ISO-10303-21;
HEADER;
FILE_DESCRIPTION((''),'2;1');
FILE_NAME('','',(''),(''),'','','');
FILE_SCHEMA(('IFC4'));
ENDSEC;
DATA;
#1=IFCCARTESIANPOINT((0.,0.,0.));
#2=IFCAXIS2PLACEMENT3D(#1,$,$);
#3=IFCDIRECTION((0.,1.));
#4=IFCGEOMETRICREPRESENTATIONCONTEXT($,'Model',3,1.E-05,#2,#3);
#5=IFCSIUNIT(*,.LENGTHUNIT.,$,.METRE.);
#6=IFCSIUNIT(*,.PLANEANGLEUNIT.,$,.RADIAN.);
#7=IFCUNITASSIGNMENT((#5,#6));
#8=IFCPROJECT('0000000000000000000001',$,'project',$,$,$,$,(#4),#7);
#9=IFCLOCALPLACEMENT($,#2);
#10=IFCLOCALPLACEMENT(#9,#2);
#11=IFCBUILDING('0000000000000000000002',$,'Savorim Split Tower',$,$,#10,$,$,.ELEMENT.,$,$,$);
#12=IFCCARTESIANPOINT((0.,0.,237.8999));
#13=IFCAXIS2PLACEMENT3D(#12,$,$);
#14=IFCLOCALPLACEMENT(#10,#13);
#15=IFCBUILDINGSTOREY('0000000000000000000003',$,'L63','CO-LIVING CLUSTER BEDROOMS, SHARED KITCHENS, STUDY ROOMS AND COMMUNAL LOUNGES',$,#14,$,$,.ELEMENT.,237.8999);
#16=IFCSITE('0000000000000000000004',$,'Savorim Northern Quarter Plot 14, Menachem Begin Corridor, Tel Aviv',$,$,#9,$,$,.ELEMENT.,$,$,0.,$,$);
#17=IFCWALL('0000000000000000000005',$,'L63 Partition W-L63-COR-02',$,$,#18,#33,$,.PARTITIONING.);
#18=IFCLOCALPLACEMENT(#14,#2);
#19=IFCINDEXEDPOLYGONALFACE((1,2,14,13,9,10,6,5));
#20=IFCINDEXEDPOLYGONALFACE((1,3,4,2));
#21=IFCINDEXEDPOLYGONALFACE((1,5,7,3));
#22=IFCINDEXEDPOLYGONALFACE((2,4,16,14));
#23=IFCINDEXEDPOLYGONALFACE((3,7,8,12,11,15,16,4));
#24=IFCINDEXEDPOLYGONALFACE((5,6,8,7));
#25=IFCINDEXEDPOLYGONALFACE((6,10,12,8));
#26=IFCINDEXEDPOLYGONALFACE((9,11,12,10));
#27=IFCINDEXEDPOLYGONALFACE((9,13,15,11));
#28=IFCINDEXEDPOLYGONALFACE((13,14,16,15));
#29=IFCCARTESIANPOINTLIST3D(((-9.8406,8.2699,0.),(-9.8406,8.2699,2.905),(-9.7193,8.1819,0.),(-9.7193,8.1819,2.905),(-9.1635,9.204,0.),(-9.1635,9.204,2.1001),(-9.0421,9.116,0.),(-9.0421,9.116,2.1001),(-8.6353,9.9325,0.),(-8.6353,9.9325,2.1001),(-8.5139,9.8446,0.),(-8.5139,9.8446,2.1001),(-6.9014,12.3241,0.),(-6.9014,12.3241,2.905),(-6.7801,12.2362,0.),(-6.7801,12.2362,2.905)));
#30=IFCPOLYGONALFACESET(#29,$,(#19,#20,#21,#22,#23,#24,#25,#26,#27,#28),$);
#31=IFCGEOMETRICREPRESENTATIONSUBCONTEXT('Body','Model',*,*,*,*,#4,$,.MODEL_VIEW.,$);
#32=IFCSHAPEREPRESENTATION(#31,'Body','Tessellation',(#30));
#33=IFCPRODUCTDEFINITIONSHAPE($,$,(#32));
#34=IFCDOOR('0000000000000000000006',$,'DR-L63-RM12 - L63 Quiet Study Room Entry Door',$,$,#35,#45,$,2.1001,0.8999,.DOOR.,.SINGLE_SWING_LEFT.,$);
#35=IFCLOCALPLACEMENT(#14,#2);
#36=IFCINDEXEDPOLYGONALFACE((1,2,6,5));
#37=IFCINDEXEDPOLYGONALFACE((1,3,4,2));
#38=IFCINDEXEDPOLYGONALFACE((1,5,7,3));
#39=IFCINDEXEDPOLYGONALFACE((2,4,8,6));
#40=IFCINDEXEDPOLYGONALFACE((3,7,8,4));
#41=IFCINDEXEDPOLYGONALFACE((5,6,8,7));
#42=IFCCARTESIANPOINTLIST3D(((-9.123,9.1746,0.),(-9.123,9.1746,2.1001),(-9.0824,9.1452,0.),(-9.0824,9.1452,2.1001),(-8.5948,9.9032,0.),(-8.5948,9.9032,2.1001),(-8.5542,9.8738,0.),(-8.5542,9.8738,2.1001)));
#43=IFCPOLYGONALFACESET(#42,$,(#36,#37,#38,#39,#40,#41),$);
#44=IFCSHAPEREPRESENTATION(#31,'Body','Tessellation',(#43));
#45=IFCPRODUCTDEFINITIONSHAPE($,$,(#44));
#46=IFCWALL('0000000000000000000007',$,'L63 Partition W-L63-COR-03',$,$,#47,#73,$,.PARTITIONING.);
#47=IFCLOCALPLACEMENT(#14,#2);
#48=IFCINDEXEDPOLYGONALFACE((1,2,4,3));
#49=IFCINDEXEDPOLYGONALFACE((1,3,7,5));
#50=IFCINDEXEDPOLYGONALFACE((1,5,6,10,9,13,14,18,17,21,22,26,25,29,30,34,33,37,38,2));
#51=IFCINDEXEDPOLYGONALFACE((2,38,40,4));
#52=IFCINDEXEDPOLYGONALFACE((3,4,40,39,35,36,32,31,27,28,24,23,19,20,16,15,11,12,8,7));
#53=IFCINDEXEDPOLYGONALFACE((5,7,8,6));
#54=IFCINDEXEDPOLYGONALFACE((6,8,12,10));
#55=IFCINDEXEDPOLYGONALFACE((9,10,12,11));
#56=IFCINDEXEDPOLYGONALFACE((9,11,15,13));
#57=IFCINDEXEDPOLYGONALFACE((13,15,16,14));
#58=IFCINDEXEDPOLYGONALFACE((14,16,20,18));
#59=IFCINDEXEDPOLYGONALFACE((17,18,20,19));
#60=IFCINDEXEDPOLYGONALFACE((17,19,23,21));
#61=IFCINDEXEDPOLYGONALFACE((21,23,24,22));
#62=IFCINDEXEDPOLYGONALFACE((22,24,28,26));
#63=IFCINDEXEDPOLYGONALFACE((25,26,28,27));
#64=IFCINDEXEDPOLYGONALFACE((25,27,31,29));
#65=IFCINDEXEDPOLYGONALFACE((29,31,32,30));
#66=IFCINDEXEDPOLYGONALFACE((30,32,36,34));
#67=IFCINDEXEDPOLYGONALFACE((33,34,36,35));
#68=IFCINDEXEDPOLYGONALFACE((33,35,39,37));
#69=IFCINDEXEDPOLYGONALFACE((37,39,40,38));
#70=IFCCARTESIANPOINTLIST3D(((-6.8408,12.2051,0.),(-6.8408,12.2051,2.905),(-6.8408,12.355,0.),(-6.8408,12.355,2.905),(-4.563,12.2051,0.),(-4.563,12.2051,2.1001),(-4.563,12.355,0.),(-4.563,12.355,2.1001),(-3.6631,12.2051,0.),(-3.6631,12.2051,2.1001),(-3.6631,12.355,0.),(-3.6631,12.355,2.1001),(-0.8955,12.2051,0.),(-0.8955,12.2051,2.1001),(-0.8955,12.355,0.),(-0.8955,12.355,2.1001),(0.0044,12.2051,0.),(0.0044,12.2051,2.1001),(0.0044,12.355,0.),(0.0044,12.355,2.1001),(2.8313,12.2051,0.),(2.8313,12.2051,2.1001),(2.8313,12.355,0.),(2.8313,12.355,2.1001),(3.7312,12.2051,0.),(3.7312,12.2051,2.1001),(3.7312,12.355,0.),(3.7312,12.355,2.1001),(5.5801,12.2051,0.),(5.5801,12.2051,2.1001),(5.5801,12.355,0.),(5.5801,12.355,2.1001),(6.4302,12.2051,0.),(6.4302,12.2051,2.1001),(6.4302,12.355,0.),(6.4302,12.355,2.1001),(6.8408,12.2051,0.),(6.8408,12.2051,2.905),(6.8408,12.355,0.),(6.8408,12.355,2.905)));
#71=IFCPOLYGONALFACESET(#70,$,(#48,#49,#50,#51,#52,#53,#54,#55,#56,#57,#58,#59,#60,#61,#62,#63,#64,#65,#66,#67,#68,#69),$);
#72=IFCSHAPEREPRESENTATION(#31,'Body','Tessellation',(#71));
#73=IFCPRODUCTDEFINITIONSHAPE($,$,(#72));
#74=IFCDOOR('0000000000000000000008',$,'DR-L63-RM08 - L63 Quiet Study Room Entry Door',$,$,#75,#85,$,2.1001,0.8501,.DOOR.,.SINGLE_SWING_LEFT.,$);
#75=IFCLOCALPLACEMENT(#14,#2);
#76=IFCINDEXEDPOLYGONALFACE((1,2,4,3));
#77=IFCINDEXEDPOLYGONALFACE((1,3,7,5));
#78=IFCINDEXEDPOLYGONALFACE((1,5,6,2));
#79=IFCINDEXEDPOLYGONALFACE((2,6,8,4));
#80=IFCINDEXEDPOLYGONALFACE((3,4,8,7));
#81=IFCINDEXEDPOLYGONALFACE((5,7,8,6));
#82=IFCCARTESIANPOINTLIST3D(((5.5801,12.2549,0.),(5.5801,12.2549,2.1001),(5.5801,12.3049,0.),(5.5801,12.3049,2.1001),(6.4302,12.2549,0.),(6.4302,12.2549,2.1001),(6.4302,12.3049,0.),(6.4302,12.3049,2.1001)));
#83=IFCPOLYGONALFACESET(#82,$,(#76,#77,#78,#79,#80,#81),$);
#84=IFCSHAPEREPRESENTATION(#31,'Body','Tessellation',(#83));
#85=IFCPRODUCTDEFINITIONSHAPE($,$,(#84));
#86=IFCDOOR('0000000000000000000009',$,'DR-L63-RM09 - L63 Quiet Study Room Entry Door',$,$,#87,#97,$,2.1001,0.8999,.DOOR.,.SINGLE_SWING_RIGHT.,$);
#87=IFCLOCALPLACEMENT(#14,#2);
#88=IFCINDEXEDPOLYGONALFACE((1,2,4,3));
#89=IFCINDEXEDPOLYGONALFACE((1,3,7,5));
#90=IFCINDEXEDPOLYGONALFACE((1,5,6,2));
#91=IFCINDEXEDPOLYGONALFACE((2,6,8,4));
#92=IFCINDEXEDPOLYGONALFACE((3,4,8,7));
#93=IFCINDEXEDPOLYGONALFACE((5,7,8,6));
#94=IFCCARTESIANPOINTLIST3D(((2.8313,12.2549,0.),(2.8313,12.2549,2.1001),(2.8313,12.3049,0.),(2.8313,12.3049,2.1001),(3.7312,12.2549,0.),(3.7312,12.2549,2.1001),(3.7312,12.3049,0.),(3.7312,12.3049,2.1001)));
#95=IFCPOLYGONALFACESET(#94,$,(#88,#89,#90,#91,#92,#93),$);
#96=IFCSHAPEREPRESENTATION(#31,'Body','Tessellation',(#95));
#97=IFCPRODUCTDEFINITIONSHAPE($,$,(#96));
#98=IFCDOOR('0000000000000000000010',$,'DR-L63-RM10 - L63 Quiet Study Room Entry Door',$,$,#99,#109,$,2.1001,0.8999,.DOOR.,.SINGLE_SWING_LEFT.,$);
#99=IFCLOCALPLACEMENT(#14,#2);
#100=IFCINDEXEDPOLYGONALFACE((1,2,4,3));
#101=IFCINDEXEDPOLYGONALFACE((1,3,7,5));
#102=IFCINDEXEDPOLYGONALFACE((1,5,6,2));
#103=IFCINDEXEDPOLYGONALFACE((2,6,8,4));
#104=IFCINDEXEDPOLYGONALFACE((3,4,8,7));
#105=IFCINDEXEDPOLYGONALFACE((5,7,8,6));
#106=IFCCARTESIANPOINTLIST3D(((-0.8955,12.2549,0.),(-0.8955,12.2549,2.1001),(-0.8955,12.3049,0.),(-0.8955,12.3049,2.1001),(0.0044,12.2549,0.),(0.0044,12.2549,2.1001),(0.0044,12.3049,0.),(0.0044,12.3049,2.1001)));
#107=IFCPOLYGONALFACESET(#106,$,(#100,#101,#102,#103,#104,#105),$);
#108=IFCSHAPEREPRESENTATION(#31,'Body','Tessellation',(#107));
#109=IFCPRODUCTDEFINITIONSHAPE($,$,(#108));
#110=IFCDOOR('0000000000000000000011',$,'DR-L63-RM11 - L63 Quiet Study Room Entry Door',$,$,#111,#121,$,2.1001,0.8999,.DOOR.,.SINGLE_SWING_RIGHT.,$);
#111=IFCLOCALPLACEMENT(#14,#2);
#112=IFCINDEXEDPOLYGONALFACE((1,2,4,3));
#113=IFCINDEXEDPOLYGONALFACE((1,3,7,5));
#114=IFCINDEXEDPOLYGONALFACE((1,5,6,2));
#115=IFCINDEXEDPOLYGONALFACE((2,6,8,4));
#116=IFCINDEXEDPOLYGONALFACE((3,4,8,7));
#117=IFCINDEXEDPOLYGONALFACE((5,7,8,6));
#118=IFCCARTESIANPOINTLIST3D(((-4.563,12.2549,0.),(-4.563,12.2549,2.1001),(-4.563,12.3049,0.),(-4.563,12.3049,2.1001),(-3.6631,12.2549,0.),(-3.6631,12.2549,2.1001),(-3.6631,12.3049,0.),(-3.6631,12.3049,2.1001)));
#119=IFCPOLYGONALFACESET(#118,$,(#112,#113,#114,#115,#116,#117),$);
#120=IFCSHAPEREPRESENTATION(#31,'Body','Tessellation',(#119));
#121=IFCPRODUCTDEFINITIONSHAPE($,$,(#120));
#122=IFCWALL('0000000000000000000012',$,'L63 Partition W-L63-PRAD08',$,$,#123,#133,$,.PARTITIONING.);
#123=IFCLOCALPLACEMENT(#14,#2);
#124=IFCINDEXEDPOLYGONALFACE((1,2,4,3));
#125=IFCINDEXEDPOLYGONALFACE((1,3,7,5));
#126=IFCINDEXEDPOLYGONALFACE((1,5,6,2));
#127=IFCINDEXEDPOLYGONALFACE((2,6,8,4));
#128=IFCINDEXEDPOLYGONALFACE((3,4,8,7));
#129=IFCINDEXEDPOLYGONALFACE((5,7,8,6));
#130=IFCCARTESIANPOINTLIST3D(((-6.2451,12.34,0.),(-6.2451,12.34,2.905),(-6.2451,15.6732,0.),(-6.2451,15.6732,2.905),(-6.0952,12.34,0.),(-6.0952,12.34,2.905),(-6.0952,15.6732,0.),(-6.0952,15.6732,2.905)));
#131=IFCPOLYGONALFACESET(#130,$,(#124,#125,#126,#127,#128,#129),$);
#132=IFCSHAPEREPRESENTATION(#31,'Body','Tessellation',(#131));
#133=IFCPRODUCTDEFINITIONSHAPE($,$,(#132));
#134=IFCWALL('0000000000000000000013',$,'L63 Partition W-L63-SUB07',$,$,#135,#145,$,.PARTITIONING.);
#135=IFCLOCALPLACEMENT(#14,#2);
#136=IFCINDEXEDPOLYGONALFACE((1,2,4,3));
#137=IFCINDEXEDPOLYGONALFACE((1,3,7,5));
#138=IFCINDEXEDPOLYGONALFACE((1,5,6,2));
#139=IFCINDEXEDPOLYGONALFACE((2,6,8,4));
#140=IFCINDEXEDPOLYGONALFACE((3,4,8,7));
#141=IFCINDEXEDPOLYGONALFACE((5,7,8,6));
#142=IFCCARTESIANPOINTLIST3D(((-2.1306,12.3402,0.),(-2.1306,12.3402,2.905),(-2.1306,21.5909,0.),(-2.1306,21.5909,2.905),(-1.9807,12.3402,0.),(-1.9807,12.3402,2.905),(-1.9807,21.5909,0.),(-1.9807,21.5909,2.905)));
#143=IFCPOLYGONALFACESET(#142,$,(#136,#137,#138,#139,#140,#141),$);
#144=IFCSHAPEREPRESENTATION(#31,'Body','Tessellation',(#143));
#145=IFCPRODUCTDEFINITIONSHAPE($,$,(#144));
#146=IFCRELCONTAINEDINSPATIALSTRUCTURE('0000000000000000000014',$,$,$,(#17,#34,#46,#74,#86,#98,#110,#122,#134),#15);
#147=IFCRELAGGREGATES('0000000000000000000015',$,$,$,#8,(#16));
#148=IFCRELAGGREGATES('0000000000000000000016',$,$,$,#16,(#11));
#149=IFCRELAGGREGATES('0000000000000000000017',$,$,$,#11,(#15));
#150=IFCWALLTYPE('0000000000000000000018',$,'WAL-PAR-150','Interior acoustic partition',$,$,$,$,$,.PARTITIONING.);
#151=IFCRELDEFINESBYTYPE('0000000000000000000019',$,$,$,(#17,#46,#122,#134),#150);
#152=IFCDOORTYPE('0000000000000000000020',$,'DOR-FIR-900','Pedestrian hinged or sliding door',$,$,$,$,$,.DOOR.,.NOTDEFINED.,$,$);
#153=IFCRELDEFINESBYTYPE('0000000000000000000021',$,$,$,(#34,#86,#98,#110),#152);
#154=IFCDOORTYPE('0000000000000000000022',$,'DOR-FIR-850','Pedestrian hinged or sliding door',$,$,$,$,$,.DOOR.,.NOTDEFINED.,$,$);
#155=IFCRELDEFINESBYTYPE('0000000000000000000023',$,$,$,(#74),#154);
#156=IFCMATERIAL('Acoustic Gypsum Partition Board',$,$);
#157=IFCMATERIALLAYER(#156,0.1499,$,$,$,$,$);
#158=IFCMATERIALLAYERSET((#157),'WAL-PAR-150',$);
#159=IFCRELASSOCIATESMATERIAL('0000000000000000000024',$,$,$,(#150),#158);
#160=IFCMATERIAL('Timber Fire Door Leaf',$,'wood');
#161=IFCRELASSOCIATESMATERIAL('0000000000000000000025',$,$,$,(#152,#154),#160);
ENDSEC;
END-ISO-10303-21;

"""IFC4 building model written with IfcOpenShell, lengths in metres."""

from ifc_helpers import new_model, si_unit, direction, frame, frame_2d, origin, place, context, subcontext, project, spatial, rectangle, extrude, material, layer, layer_set, type_object, element, fill, save


model = new_model("IFC4")

# Units and contexts
model_context = context("Model", 3, precision=1e-05, world=origin(), true_north=direction((0.0, 1.0)))
body_context = subcontext(model_context, "Body", "Model", "MODEL_VIEW")
ifc_project = project(units=[si_unit("LENGTHUNIT", "METRE"), si_unit("PLANEANGLEUNIT", "RADIAN")], contexts=[model_context])

# Site, building, storey
site_placement = place(None, origin())
site = spatial("IfcSite", under=ifc_project, at=site_placement, Name="Savorim Northern Quarter Plot 14, Menachem Begin Corridor, Tel Aviv", CompositionType="ELEMENT", RefElevation=0.0)
building_placement = place(site_placement, origin())
building = spatial("IfcBuilding", under=site, at=building_placement, Name="Savorim Split Tower", CompositionType="ELEMENT")
storey_placement = place(building_placement, frame((0.0, 0.0, 237.8999)))
storey = spatial("IfcBuildingStorey", under=building, at=storey_placement, Name="L63", Description="CO-LIVING CLUSTER BEDROOMS, SHARED KITCHENS, STUDY ROOMS AND COMMUNAL LOUNGES", CompositionType="ELEMENT", Elevation=237.8999)

# Shared definitions
ifc_material_1 = material(Name="Acoustic Gypsum Partition Board")
ifc_layer_1 = layer(ifc_material_1, 0.1499)
ifc_layer_set_1 = layer_set([ifc_layer_1], Name="WAL-PAR-150")
wall_type_1 = type_object("IfcWallType", Name="WAL-PAR-150", Description="Interior acoustic partition", PredefinedType="PARTITIONING", material=ifc_layer_set_1)

# Wall, opening, door
wall_1_placement = place(storey_placement, frame((-9.78, 8.2258, 0.0), z_axis=(0.0, 0.0, 1.0), x_axis=(0.586956, 0.809619, 0.0)))
wall_1 = element("IfcWall", 1, at=wall_1_placement, inside=storey, type_object=wall_type_1, Name="L63 Partition W-L63-COR-02", PredefinedType="PARTITIONING", context=body_context, shape_type="SweptSolid", body=[
    extrude(rectangle(XDim=5.0076, YDim=0.1499, at=frame_2d((2.5039, 0.0))), origin(), (0.0, 0.0, 1.0), 2.905),
])
opening_1_placement = place(wall_1_placement, frame((1.1538, 0.0, 0.0)))
opening_1 = element("IfcOpeningElement", 2, at=opening_1_placement, cuts=wall_1, PredefinedType="OPENING", context=body_context, shape_type="SweptSolid", body=[
    extrude(rectangle(XDim=0.8999, YDim=2.1001, at=frame_2d((0.45, 1.05))), frame((0.0, 0.085, 0.0), z_axis=(0.0, -1.0, 0.0), x_axis=(1.0, 0.0, 0.0)), (0.0, 0.0, 1.0), 0.1699),
])
ifc_material_2 = material(Name="Timber Fire Door Leaf", Category="wood")
door_type_1 = type_object("IfcDoorType", Name="DOR-FIR-900", Description="Pedestrian hinged or sliding door", OperationType="NOTDEFINED", PredefinedType="DOOR", material=ifc_material_2)
door_1_placement = place(opening_1_placement, origin())
door_1 = element("IfcDoor", 3, at=door_1_placement, inside=storey, type_object=door_type_1, Name="DR-L63-RM12 - L63 Quiet Study Room Entry Door", OperationType="SINGLE_SWING_LEFT", OverallHeight=2.1001, OverallWidth=0.8999, PredefinedType="DOOR", context=body_context, shape_type="SweptSolid", body=[
    extrude(rectangle(XDim=0.8999, YDim=2.1001, at=frame_2d((0.45, 1.05))), frame((0.0, 0.0249, 0.0), z_axis=(0.0, -1.0, 0.0), x_axis=(1.0, 0.0, 0.0)), (0.0, 0.0, 1.0), 0.05),
])
fill(opening_1, door_1)

# Wall, openings, doors
wall_2_placement = place(storey_placement, frame((-6.8408, 12.28, 0.0), z_axis=(0.0, 0.0, 1.0), x_axis=(1.0, 0.0, 0.0)))
wall_2 = element("IfcWall", 4, at=wall_2_placement, inside=storey, type_object=wall_type_1, Name="L63 Partition W-L63-COR-03", PredefinedType="PARTITIONING", context=body_context, shape_type="SweptSolid", body=[
    extrude(rectangle(XDim=13.6816, YDim=0.1499, at=frame_2d((6.8408, 0.0))), origin(), (0.0, 0.0, 1.0), 2.905),
])
opening_2_placement = place(wall_2_placement, frame((12.4209, 0.0, 0.0)))
opening_2 = element("IfcOpeningElement", 5, at=opening_2_placement, cuts=wall_2, PredefinedType="OPENING", context=body_context, shape_type="SweptSolid", body=[
    extrude(rectangle(XDim=0.8501, YDim=2.1001, at=frame_2d((0.425, 1.05))), frame((0.0, 0.085, 0.0), z_axis=(0.0, -1.0, 0.0), x_axis=(1.0, 0.0, 0.0)), (0.0, 0.0, 1.0), 0.1699),
])
opening_3_placement = place(wall_2_placement, frame((9.6721, 0.0, 0.0)))
opening_3 = element("IfcOpeningElement", 6, at=opening_3_placement, cuts=wall_2, PredefinedType="OPENING", context=body_context, shape_type="SweptSolid", body=[
    extrude(rectangle(XDim=0.8999, YDim=2.1001, at=frame_2d((0.45, 1.05))), frame((0.0, 0.085, 0.0), z_axis=(0.0, -1.0, 0.0), x_axis=(1.0, 0.0, 0.0)), (0.0, 0.0, 1.0), 0.1699),
])
opening_4_placement = place(wall_2_placement, frame((5.9453, 0.0, 0.0)))
opening_4 = element("IfcOpeningElement", 7, at=opening_4_placement, cuts=wall_2, PredefinedType="OPENING", context=body_context, shape_type="SweptSolid", body=[
    extrude(rectangle(XDim=0.8999, YDim=2.1001, at=frame_2d((0.45, 1.05))), frame((0.0, 0.085, 0.0), z_axis=(0.0, -1.0, 0.0), x_axis=(1.0, 0.0, 0.0)), (0.0, 0.0, 1.0), 0.1699),
])
opening_5_placement = place(wall_2_placement, frame((2.2778, 0.0, 0.0)))
opening_5 = element("IfcOpeningElement", 8, at=opening_5_placement, cuts=wall_2, PredefinedType="OPENING", context=body_context, shape_type="SweptSolid", body=[
    extrude(rectangle(XDim=0.8999, YDim=2.1001, at=frame_2d((0.45, 1.05))), frame((0.0, 0.085, 0.0), z_axis=(0.0, -1.0, 0.0), x_axis=(1.0, 0.0, 0.0)), (0.0, 0.0, 1.0), 0.1699),
])
door_type_2 = type_object("IfcDoorType", Name="DOR-FIR-850", Description="Pedestrian hinged or sliding door", OperationType="NOTDEFINED", PredefinedType="DOOR", material=ifc_material_2)
door_2_placement = place(opening_2_placement, origin())
door_2 = element("IfcDoor", 9, at=door_2_placement, inside=storey, type_object=door_type_2, Name="DR-L63-RM08 - L63 Quiet Study Room Entry Door", OperationType="SINGLE_SWING_LEFT", OverallHeight=2.1001, OverallWidth=0.8501, PredefinedType="DOOR", context=body_context, shape_type="SweptSolid", body=[
    extrude(rectangle(XDim=0.8501, YDim=2.1001, at=frame_2d((0.425, 1.05))), frame((0.0, 0.0249, 0.0), z_axis=(0.0, -1.0, 0.0), x_axis=(1.0, 0.0, 0.0)), (0.0, 0.0, 1.0), 0.05),
])
fill(opening_2, door_2)
door_3_placement = place(opening_3_placement, origin())
door_3 = element("IfcDoor", 10, at=door_3_placement, inside=storey, type_object=door_type_1, Name="DR-L63-RM09 - L63 Quiet Study Room Entry Door", OperationType="SINGLE_SWING_RIGHT", OverallHeight=2.1001, OverallWidth=0.8999, PredefinedType="DOOR", context=body_context, shape_type="SweptSolid", body=[
    extrude(rectangle(XDim=0.8999, YDim=2.1001, at=frame_2d((0.45, 1.05))), frame((0.0, 0.0249, 0.0), z_axis=(0.0, -1.0, 0.0), x_axis=(1.0, 0.0, 0.0)), (0.0, 0.0, 1.0), 0.05),
])
fill(opening_3, door_3)
door_4_placement = place(opening_4_placement, origin())
door_4 = element("IfcDoor", 11, at=door_4_placement, inside=storey, type_object=door_type_1, Name="DR-L63-RM10 - L63 Quiet Study Room Entry Door", OperationType="SINGLE_SWING_LEFT", OverallHeight=2.1001, OverallWidth=0.8999, PredefinedType="DOOR", context=body_context, shape_type="SweptSolid", body=[
    extrude(rectangle(XDim=0.8999, YDim=2.1001, at=frame_2d((0.45, 1.05))), frame((0.0, 0.0249, 0.0), z_axis=(0.0, -1.0, 0.0), x_axis=(1.0, 0.0, 0.0)), (0.0, 0.0, 1.0), 0.05),
])
fill(opening_4, door_4)
door_5_placement = place(opening_5_placement, origin())
door_5 = element("IfcDoor", 12, at=door_5_placement, inside=storey, type_object=door_type_1, Name="DR-L63-RM11 - L63 Quiet Study Room Entry Door", OperationType="SINGLE_SWING_RIGHT", OverallHeight=2.1001, OverallWidth=0.8999, PredefinedType="DOOR", context=body_context, shape_type="SweptSolid", body=[
    extrude(rectangle(XDim=0.8999, YDim=2.1001, at=frame_2d((0.45, 1.05))), frame((0.0, 0.0249, 0.0), z_axis=(0.0, -1.0, 0.0), x_axis=(1.0, 0.0, 0.0)), (0.0, 0.0, 1.0), 0.05),
])
fill(opening_5, door_5)

# Walls
wall_3_placement = place(storey_placement, frame((-6.1702, 12.3401, 0.0), z_axis=(0.0, 0.0, 1.0), x_axis=(0.0, 1.0, 0.0)))
element("IfcWall", 13, at=wall_3_placement, inside=storey, type_object=wall_type_1, Name="L63 Partition W-L63-PRAD08", PredefinedType="PARTITIONING", context=body_context, shape_type="SweptSolid", body=[
    extrude(rectangle(XDim=3.3333, YDim=0.1499, at=frame_2d((1.6665, 0.0))), origin(), (0.0, 0.0, 1.0), 2.905),
])
wall_4_placement = place(storey_placement, frame((-2.0557, 12.3401, 0.0), z_axis=(0.0, 0.0, 1.0), x_axis=(0.0, 1.0, 0.0)))
element("IfcWall", 14, at=wall_4_placement, inside=storey, type_object=wall_type_1, Name="L63 Partition W-L63-SUB07", PredefinedType="PARTITIONING", context=body_context, shape_type="SweptSolid", body=[
    extrude(rectangle(XDim=9.2507, YDim=0.1499, at=frame_2d((4.6255, 0.0))), origin(), (0.0, 0.0, 1.0), 2.905),
])

save(model, "model.ifc")
